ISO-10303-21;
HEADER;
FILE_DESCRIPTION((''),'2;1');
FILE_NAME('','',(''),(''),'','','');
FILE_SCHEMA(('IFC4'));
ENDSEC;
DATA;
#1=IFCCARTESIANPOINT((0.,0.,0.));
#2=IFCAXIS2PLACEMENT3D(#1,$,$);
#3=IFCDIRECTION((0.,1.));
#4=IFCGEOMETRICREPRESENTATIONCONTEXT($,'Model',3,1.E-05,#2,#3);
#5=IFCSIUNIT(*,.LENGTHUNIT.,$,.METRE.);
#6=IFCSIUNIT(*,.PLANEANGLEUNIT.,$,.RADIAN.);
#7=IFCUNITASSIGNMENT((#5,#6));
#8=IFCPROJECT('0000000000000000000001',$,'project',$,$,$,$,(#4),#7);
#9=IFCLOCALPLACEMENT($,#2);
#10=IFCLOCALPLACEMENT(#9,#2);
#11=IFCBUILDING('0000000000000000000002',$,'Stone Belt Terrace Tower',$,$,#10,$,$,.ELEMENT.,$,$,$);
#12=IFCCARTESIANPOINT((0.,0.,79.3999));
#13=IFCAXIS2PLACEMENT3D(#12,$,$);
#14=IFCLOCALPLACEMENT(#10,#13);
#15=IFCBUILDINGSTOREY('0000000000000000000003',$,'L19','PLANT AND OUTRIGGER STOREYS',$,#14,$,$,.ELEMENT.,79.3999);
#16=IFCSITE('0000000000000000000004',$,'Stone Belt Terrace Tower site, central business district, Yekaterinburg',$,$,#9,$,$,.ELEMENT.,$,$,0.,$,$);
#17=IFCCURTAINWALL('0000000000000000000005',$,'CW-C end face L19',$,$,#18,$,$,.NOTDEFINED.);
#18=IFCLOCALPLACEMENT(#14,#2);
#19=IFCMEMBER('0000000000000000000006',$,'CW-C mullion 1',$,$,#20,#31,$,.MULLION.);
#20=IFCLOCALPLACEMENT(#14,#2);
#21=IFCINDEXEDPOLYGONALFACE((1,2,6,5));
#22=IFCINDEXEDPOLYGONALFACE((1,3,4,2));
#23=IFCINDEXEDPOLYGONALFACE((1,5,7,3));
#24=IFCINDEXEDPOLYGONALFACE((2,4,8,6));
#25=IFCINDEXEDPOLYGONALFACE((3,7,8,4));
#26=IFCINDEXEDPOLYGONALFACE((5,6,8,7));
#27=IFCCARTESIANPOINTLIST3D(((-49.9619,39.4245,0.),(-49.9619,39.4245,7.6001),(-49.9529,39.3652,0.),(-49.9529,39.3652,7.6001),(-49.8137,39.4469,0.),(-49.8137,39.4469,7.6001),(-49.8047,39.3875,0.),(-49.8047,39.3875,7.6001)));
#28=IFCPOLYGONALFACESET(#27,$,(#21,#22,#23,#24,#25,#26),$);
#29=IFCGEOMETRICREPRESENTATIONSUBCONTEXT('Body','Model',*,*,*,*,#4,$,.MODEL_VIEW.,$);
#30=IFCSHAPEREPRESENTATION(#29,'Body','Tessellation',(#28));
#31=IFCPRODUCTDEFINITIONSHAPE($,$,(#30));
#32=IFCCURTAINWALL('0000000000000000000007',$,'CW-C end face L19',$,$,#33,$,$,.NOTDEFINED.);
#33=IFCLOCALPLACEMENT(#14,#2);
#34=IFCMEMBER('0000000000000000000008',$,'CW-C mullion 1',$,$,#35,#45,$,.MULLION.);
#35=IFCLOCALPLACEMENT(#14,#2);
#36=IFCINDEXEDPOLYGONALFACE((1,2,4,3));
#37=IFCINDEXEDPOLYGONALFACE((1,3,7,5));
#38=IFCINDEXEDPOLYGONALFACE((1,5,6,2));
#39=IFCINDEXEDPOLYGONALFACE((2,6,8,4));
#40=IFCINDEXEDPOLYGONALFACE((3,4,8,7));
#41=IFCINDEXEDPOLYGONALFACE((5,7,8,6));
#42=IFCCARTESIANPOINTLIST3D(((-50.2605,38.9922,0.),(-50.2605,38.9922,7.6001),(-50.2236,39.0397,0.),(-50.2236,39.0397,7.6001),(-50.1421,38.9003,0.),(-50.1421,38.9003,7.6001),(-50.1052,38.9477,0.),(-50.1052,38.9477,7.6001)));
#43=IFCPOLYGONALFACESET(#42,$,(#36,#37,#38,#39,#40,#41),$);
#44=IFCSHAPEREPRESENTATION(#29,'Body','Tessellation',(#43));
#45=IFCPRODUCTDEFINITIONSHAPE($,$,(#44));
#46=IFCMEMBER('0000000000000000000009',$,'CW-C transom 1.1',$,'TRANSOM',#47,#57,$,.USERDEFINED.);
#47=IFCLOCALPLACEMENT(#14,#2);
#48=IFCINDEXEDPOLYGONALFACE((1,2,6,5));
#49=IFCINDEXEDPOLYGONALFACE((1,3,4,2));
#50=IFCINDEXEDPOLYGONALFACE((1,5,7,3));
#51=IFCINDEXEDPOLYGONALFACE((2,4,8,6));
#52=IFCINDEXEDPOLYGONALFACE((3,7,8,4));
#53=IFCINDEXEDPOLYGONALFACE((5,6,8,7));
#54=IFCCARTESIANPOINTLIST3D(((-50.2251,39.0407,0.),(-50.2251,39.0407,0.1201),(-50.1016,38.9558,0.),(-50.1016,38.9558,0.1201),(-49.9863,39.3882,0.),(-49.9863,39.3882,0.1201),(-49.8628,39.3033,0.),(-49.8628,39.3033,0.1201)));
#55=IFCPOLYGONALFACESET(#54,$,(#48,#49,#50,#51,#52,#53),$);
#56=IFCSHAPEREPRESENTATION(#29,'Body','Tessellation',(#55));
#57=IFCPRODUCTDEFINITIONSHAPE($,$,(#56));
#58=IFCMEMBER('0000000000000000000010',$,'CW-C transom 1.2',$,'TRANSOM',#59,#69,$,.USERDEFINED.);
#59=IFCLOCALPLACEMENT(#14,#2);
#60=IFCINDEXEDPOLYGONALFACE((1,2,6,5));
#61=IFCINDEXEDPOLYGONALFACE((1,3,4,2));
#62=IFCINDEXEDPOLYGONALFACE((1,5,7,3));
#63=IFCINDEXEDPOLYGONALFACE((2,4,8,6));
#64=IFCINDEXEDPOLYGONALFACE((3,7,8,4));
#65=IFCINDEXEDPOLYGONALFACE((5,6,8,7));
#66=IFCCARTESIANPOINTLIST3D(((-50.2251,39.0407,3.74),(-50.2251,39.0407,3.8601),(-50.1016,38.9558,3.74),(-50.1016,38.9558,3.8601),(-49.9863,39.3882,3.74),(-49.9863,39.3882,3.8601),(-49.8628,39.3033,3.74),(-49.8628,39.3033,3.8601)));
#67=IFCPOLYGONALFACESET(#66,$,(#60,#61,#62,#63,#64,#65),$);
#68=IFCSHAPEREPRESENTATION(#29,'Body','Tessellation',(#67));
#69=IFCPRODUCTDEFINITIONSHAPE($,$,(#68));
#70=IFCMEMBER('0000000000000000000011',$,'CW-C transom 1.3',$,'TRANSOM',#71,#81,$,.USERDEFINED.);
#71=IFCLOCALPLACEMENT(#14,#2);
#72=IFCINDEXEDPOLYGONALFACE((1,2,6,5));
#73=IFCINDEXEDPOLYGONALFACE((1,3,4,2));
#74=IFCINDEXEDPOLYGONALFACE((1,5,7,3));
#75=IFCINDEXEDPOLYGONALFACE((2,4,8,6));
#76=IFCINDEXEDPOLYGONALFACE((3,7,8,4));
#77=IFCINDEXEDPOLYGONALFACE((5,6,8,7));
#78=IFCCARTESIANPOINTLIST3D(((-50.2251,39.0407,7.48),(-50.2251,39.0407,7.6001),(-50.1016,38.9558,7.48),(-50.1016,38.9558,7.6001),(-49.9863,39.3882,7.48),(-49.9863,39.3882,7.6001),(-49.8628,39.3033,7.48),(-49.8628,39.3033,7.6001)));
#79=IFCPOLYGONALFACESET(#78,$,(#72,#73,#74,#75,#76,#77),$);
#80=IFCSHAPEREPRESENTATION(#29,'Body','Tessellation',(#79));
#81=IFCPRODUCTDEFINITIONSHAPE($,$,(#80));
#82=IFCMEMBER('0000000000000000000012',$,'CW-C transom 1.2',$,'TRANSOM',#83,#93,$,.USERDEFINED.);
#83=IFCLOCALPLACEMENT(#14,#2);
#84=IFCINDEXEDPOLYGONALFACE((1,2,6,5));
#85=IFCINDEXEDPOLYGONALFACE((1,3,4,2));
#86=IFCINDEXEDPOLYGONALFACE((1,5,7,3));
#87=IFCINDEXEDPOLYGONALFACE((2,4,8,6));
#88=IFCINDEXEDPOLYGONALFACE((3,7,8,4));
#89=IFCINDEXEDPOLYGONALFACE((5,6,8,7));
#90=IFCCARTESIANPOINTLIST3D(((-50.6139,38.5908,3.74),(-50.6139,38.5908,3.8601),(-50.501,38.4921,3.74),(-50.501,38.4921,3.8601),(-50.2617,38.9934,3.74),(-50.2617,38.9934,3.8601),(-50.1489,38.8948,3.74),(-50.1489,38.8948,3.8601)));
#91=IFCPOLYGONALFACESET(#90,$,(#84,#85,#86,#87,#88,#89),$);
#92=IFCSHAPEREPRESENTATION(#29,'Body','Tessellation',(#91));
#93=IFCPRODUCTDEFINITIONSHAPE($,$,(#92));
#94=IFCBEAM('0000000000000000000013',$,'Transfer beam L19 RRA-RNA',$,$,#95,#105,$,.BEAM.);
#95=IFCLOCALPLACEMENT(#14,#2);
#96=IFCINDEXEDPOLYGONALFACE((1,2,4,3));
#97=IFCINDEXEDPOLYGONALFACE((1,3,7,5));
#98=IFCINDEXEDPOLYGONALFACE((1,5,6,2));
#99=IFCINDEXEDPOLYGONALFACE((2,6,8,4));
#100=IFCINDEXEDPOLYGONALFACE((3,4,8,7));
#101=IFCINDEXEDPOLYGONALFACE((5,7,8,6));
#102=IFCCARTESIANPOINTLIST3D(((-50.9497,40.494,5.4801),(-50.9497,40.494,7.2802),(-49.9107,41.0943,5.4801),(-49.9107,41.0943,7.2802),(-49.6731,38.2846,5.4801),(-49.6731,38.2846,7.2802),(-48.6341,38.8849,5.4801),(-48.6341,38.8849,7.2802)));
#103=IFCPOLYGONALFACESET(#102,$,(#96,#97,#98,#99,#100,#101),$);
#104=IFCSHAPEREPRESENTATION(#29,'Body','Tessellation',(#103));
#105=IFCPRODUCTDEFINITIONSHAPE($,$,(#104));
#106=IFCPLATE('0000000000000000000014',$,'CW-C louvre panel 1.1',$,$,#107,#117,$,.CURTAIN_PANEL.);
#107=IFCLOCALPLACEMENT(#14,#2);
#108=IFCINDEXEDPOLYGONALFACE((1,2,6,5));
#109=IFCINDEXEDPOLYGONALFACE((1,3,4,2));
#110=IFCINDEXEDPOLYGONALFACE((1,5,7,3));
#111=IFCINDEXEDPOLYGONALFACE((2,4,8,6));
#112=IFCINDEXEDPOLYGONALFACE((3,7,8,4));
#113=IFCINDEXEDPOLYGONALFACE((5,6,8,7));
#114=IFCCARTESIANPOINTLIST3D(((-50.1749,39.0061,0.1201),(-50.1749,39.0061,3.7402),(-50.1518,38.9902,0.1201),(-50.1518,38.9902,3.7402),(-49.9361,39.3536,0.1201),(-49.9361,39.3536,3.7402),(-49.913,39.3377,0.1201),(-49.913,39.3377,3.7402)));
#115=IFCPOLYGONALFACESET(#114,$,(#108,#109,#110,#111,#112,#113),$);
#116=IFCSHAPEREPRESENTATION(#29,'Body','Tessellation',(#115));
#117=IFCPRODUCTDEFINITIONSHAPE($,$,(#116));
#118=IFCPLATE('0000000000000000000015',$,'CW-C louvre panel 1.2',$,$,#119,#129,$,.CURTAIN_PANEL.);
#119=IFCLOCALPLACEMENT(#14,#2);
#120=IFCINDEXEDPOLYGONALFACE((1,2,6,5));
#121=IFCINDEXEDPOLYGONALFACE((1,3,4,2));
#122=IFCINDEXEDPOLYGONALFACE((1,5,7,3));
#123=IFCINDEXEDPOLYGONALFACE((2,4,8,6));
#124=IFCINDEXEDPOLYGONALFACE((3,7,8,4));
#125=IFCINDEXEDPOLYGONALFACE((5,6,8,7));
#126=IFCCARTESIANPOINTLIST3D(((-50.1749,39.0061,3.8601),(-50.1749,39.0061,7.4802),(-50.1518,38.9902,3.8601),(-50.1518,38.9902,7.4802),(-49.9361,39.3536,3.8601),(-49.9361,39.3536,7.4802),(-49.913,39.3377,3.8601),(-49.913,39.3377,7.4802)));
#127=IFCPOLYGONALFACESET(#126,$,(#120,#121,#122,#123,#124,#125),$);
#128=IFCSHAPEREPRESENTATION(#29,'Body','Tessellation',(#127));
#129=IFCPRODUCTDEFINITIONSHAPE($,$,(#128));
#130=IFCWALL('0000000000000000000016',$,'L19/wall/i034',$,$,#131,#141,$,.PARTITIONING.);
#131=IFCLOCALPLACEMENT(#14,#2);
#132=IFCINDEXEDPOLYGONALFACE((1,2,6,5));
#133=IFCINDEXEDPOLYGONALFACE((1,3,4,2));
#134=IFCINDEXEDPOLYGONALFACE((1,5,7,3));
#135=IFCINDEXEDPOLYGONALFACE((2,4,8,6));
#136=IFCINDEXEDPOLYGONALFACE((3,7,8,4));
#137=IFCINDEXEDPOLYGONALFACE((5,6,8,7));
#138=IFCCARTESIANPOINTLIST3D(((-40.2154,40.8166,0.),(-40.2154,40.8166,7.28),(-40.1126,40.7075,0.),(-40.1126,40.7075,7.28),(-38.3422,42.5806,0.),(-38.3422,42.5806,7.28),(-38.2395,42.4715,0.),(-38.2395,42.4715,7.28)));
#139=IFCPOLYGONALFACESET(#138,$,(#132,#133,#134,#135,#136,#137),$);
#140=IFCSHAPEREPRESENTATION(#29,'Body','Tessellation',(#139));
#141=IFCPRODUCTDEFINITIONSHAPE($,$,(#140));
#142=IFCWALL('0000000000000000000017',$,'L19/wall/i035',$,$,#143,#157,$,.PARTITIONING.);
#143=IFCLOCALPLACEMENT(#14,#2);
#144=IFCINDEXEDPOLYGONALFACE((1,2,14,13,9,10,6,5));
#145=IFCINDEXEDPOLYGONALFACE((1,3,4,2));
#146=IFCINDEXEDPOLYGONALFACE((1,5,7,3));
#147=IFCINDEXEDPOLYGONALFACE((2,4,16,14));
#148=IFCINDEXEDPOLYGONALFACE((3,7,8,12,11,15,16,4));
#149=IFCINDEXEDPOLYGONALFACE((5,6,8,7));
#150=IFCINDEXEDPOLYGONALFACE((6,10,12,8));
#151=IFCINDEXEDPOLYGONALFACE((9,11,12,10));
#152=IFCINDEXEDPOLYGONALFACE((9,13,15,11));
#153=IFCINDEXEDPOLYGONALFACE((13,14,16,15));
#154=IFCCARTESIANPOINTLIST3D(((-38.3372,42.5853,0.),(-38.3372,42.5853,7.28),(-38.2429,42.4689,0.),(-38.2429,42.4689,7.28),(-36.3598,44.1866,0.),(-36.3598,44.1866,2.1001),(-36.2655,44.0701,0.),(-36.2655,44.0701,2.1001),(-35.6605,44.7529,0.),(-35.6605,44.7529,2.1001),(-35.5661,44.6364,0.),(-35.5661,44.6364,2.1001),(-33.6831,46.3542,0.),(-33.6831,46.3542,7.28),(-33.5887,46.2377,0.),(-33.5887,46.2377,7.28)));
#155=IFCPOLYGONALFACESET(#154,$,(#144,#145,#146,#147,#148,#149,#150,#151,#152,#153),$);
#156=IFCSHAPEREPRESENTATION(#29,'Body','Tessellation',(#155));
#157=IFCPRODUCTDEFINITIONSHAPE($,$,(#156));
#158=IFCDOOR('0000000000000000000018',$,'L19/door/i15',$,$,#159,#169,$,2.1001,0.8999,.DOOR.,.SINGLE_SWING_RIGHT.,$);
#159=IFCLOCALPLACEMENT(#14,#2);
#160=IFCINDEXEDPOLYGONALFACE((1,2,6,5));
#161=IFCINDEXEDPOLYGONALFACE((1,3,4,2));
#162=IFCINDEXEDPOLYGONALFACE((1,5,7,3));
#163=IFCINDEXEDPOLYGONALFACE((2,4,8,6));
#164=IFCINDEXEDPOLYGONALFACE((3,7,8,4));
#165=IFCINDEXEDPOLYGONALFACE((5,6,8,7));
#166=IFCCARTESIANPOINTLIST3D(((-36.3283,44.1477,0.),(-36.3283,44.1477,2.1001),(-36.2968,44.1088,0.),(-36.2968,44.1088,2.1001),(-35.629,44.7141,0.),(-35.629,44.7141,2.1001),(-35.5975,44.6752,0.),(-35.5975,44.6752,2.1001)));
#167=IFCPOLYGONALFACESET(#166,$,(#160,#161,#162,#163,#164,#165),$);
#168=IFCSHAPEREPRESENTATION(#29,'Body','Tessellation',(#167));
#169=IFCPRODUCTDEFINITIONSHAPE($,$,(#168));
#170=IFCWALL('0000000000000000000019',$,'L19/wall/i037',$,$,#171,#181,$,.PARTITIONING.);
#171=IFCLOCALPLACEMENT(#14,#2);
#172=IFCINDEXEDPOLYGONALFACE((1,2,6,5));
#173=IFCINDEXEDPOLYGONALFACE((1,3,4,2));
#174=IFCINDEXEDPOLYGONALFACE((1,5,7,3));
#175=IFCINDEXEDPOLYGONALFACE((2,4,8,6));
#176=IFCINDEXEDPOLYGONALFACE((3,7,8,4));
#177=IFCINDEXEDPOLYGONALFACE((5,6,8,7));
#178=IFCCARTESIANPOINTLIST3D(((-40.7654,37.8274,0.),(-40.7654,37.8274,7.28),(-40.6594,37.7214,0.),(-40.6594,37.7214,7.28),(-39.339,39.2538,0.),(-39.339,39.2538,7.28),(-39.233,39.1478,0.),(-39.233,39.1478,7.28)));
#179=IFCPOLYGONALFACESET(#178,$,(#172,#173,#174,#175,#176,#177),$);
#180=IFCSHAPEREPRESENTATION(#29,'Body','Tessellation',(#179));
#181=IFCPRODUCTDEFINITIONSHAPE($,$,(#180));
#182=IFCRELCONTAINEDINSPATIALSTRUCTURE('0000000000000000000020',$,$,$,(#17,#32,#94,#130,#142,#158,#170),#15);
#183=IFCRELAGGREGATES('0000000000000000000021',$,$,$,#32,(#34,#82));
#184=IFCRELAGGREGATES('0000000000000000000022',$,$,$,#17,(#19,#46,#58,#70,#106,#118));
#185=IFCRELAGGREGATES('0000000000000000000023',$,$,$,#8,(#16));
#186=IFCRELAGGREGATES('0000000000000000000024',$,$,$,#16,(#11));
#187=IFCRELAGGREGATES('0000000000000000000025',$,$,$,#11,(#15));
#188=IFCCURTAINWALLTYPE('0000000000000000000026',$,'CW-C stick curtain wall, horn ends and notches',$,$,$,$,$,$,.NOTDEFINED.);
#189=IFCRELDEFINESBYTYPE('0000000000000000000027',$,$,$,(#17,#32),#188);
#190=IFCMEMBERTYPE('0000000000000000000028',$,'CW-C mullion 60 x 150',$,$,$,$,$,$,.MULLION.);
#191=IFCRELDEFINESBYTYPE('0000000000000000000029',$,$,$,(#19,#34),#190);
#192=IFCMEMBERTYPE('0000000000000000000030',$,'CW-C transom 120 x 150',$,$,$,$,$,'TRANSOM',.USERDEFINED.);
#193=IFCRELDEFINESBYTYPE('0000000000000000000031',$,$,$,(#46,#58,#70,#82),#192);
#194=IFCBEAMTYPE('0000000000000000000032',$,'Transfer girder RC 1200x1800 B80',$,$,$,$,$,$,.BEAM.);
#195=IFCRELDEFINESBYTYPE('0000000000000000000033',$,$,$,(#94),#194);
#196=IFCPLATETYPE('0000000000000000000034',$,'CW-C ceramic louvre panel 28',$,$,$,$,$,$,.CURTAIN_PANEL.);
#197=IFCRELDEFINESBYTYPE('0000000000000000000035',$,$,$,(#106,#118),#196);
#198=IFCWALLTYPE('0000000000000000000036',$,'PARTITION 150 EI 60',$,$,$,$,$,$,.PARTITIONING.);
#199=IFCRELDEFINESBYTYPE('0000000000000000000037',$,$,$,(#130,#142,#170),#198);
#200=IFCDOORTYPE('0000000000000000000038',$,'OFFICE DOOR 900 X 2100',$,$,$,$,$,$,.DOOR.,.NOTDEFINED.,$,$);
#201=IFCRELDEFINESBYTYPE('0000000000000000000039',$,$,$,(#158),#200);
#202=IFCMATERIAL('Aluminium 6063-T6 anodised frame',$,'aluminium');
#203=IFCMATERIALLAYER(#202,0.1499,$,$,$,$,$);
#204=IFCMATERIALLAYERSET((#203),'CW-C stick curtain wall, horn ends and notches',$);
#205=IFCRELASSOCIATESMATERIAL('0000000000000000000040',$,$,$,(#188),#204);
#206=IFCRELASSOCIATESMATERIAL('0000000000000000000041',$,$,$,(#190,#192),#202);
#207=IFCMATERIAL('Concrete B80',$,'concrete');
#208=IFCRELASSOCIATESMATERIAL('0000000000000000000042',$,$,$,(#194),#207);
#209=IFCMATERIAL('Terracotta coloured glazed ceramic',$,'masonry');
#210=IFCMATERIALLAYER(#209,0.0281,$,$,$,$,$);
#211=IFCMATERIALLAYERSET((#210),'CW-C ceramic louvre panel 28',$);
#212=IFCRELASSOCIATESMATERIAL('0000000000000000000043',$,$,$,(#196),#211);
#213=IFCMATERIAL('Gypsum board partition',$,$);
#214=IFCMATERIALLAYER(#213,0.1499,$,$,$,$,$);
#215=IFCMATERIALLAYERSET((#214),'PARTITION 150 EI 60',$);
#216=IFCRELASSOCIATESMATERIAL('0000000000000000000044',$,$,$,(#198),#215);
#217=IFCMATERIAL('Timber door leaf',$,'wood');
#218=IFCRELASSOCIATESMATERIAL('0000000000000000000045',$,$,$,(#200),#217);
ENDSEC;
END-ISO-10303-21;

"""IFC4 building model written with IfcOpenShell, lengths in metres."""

from ifc_helpers import new_model, si_unit, direction, frame, frame_2d, origin, origin_2d, place, context, subcontext, project, spatial, rectangle, extrude, material, layer, layer_set, material_profile, profile_set, type_object, element, fill, aggregate, save


model = new_model("IFC4")

# Units and contexts
model_context = context("Model", 3, precision=1e-05, world=origin(), true_north=direction((0.0, 1.0)))
body_context = subcontext(model_context, "Body", "Model", "MODEL_VIEW")
ifc_project = project(units=[si_unit("LENGTHUNIT", "METRE"), si_unit("PLANEANGLEUNIT", "RADIAN")], contexts=[model_context])

# Site, building, storey
site_placement = place(None, origin())
site = spatial("IfcSite", under=ifc_project, at=site_placement, Name="Stone Belt Terrace Tower site, central business district, Yekaterinburg", CompositionType="ELEMENT", RefElevation=0.0)
building_placement = place(site_placement, origin())
building = spatial("IfcBuilding", under=site, at=building_placement, Name="Stone Belt Terrace Tower", CompositionType="ELEMENT")
storey_placement = place(building_placement, frame((0.0, 0.0, 79.3999)))
storey = spatial("IfcBuildingStorey", under=building, at=storey_placement, Name="L19", Description="PLANT AND OUTRIGGER STOREYS", CompositionType="ELEMENT", Elevation=79.3999)

# Curtain walls, members
ifc_material_1 = material(Name="Aluminium 6063-T6 anodised frame", Category="aluminium")
ifc_layer_1 = layer(ifc_material_1, 0.1499)
ifc_layer_set_1 = layer_set([ifc_layer_1], Name="CW-C stick curtain wall, horn ends and notches")
curtain_wall_type = type_object("IfcCurtainWallType", Name="CW-C stick curtain wall, horn ends and notches", PredefinedType="NOTDEFINED", material=ifc_layer_set_1)
curtain_wall_1_placement = place(storey_placement, origin())
curtain_wall_1 = element("IfcCurtainWall", 1, at=curtain_wall_1_placement, inside=storey, type_object=curtain_wall_type, Name="CW-C end face L19", PredefinedType="NOTDEFINED")
ifc_material_profile_1 = material_profile(ifc_material_1, rectangle(XDim=0.1499, YDim=0.0601, at=origin_2d()), Name="Aluminium 6063-T6 60x150")
ifc_profile_set_1 = profile_set([ifc_material_profile_1], Name="Aluminium 6063-T6 anodised frame")
member_type_1 = type_object("IfcMemberType", Name="CW-C mullion 60 x 150", PredefinedType="MULLION", material=ifc_profile_set_1)
member_1_placement = place(storey_placement, frame((-49.8833, 39.406, 0.0), z_axis=(0.0, 0.0, 1.0), x_axis=(0.988851, 0.148906, 0.0)))
member_1 = element("IfcMember", 2, at=member_1_placement, type_object=member_type_1, Name="CW-C mullion 1", PredefinedType="MULLION", context=body_context, shape_type="SweptSolid", body=[
    extrude(rectangle(XDim=0.1499, YDim=0.0601, at=origin_2d()), origin(), (0.0, 0.0, 1.0), 7.6001),
])
curtain_wall_2_placement = place(storey_placement, origin())
curtain_wall_2 = element("IfcCurtainWall", 3, at=curtain_wall_2_placement, inside=storey, type_object=curtain_wall_type, Name="CW-C end face L19", PredefinedType="NOTDEFINED")
member_2_placement = place(storey_placement, frame((-50.1829, 38.97, 0.0), z_axis=(0.0, 0.0, 1.0), x_axis=(0.789818, -0.613341, 0.0)))
member_2 = element("IfcMember", 4, at=member_2_placement, type_object=member_type_1, Name="CW-C mullion 1", PredefinedType="MULLION", context=body_context, shape_type="SweptSolid", body=[
    extrude(rectangle(XDim=0.1499, YDim=0.0601, at=origin_2d()), origin(), (0.0, 0.0, 1.0), 7.6001),
])

# Members
ifc_material_profile_2 = material_profile(ifc_material_1, rectangle(XDim=0.1499, YDim=0.1201, at=origin_2d()), Name="Aluminium 6063-T6 150x120")
ifc_profile_set_2 = profile_set([ifc_material_profile_2], Name="Aluminium 6063-T6 anodised frame")
member_type_2 = type_object("IfcMemberType", Name="CW-C transom 120 x 150", ElementType="TRANSOM", PredefinedType="USERDEFINED", material=ifc_profile_set_2)
member_3_placement = place(storey_placement, frame((-49.9246, 39.3457, 0.0601), z_axis=(-0.566406, -0.824126, 0.0), x_axis=(0.824126, -0.566406, 0.0)))
member_3 = element("IfcMember", 5, at=member_3_placement, type_object=member_type_2, Name="CW-C transom 1.1", ObjectType="TRANSOM", PredefinedType="USERDEFINED", context=body_context, shape_type="SweptSolid", body=[
    extrude(rectangle(XDim=0.1499, YDim=0.1201, at=origin_2d()), origin(), (0.0, 0.0, 1.0), 0.4216),
])
member_4_placement = place(storey_placement, frame((-49.9246, 39.3457, 3.8), z_axis=(-0.566406, -0.824126, 0.0), x_axis=(0.824126, -0.566406, 0.0)))
member_4 = element("IfcMember", 6, at=member_4_placement, type_object=member_type_2, Name="CW-C transom 1.2", ObjectType="TRANSOM", PredefinedType="USERDEFINED", context=body_context, shape_type="SweptSolid", body=[
    extrude(rectangle(XDim=0.1499, YDim=0.1201, at=origin_2d()), origin(), (0.0, 0.0, 1.0), 0.4216),
])
member_5_placement = place(storey_placement, frame((-49.9246, 39.3457, 7.54), z_axis=(-0.566406, -0.824126, 0.0), x_axis=(0.824126, -0.566406, 0.0)))
member_5 = element("IfcMember", 7, at=member_5_placement, type_object=member_type_2, Name="CW-C transom 1.3", ObjectType="TRANSOM", PredefinedType="USERDEFINED", context=body_context, shape_type="SweptSolid", body=[
    extrude(rectangle(XDim=0.1499, YDim=0.1201, at=origin_2d()), origin(), (0.0, 0.0, 1.0), 0.4216),
])
member_6_placement = place(storey_placement, frame((-50.2053, 38.9441, 3.8), z_axis=(-0.658278, -0.752775, 0.0), x_axis=(0.752775, -0.658278, 0.0)))
member_6 = element("IfcMember", 8, at=member_6_placement, type_object=member_type_2, Name="CW-C transom 1.2", ObjectType="TRANSOM", PredefinedType="USERDEFINED", context=body_context, shape_type="SweptSolid", body=[
    extrude(rectangle(XDim=0.1499, YDim=0.1201, at=origin_2d()), origin(), (0.0, 0.0, 1.0), 0.5349),
])
aggregate(curtain_wall_2, [member_2, member_6])

# Beam
ifc_material_2 = material(Name="Concrete B80", Category="concrete")
ifc_material_profile_3 = material_profile(ifc_material_2, rectangle(XDim=1.2, YDim=1.8, at=origin_2d()), Name="RC 1200x1800")
ifc_profile_set_3 = profile_set([ifc_material_profile_3], Name="Concrete B80")
beam_type = type_object("IfcBeamType", Name="Transfer girder RC 1200x1800 B80", PredefinedType="BEAM", material=ifc_profile_set_3)
beam_placement = place(storey_placement, frame((-49.1536, 38.5847, 6.3801), z_axis=(-0.500286, 0.86586, 0.0), x_axis=(-0.86586, -0.500286, 0.0)))
element("IfcBeam", 9, at=beam_placement, inside=storey, type_object=beam_type, Name="Transfer beam L19 RRA-RNA", PredefinedType="BEAM", context=body_context, shape_type="SweptSolid", body=[
    extrude(rectangle(XDim=1.2, YDim=1.8, at=origin_2d()), origin(), (0.0, 0.0, 1.0), 2.5518),
])

# Plates
ifc_material_3 = material(Name="Terracotta coloured glazed ceramic", Category="masonry")
ifc_layer_2 = layer(ifc_material_3, 0.0281)
ifc_layer_set_2 = layer_set([ifc_layer_2], Name="CW-C ceramic louvre panel 28")
plate_type = type_object("IfcPlateType", Name="CW-C ceramic louvre panel 28", PredefinedType="CURTAIN_PANEL", material=ifc_layer_set_2)
plate_1_placement = place(storey_placement, frame((-50.0439, 39.1719, 0.1201), z_axis=(0.0, 0.0, 1.0), x_axis=(-0.566376, -0.824147, 0.0)))
plate_1 = element("IfcPlate", 10, at=plate_1_placement, type_object=plate_type, Name="CW-C louvre panel 1.1", PredefinedType="CURTAIN_PANEL", context=body_context, shape_type="SweptSolid", body=[
    extrude(rectangle(XDim=0.4216, YDim=0.0281, at=origin_2d()), origin(), (0.0, 0.0, 1.0), 3.6201),
])
plate_2_placement = place(storey_placement, frame((-50.0439, 39.1719, 3.8601), z_axis=(0.0, 0.0, 1.0), x_axis=(-0.566376, -0.824147, 0.0)))
plate_2 = element("IfcPlate", 11, at=plate_2_placement, type_object=plate_type, Name="CW-C louvre panel 1.2", PredefinedType="CURTAIN_PANEL", context=body_context, shape_type="SweptSolid", body=[
    extrude(rectangle(XDim=0.4216, YDim=0.0281, at=origin_2d()), origin(), (0.0, 0.0, 1.0), 3.6201),
])
aggregate(curtain_wall_1, [member_1, member_3, member_4, member_5, plate_1, plate_2])

# Wall
ifc_material_4 = material(Name="Gypsum board partition")
ifc_layer_3 = layer(ifc_material_4, 0.1499)
ifc_layer_set_3 = layer_set([ifc_layer_3], Name="PARTITION 150 EI 60")
wall_type = type_object("IfcWallType", Name="PARTITION 150 EI 60", PredefinedType="PARTITIONING", material=ifc_layer_set_3)
wall_1_placement = place(storey_placement, frame((-40.1641, 40.762, 0.0), z_axis=(0.0, 0.0, 1.0), x_axis=(0.727997, 0.685581, 0.0)))
element("IfcWall", 12, at=wall_1_placement, inside=storey, type_object=wall_type, Name="L19/wall/i034", PredefinedType="PARTITIONING", context=body_context, shape_type="SweptSolid", body=[
    extrude(rectangle(XDim=2.573, YDim=0.1499, at=frame_2d((1.2866, 0.0))), origin(), (0.0, 0.0, 1.0), 7.28),
])

# Wall, opening, door
wall_2_placement = place(storey_placement, frame((-38.29, 42.5271, 0.0), z_axis=(0.0, 0.0, 1.0), x_axis=(0.777144, 0.629323, 0.0)))
wall_2 = element("IfcWall", 13, at=wall_2_placement, inside=storey, type_object=wall_type, Name="L19/wall/i035", PredefinedType="PARTITIONING", context=body_context, shape_type="SweptSolid", body=[
    extrude(rectangle(XDim=5.9888, YDim=0.1499, at=frame_2d((2.9944, 0.0))), origin(), (0.0, 0.0, 1.0), 7.28),
])
opening_1_placement = place(wall_2_placement, frame((2.5444, 0.0, 0.0)))
opening_1 = element("IfcOpeningElement", 14, at=opening_1_placement, cuts=wall_2, PredefinedType="OPENING", context=body_context, shape_type="SweptSolid", body=[
    extrude(rectangle(XDim=0.8999, YDim=2.1001, at=frame_2d((0.45, 1.05))), frame((0.0, 0.085, 0.0), z_axis=(0.0, -1.0, 0.0), x_axis=(1.0, 0.0, 0.0)), (0.0, 0.0, 1.0), 0.1699),
])
ifc_material_5 = material(Name="Timber door leaf", Category="wood")
door_type = type_object("IfcDoorType", Name="OFFICE DOOR 900 X 2100", OperationType="NOTDEFINED", PredefinedType="DOOR", material=ifc_material_5)
door_1_placement = place(opening_1_placement, origin())
door_1 = element("IfcDoor", 15, at=door_1_placement, inside=storey, type_object=door_type, Name="L19/door/i15", OperationType="SINGLE_SWING_RIGHT", OverallHeight=2.1001, OverallWidth=0.8999, PredefinedType="DOOR", context=body_context, shape_type="SweptSolid", body=[
    extrude(rectangle(XDim=0.8999, YDim=2.1001, at=frame_2d((0.45, 1.05))), frame((0.0, 0.0249, 0.0), z_axis=(0.0, -1.0, 0.0), x_axis=(1.0, 0.0, 0.0)), (0.0, 0.0, 1.0), 0.05),
])
fill(opening_1, door_1)

# Wall
wall_3_placement = place(storey_placement, frame((-39.2859, 39.2009, 0.0), z_axis=(0.0, 0.0, 1.0), x_axis=(-0.707107, -0.707107, 0.0)))
element("IfcWall", 16, at=wall_3_placement, inside=storey, type_object=wall_type, Name="L19/wall/i037", PredefinedType="PARTITIONING", context=body_context, shape_type="SweptSolid", body=[
    extrude(rectangle(XDim=2.0173, YDim=0.1499, at=frame_2d((1.0088, 0.0))), origin(), (0.0, 0.0, 1.0), 7.28),
])

save(model, "model.ifc")
